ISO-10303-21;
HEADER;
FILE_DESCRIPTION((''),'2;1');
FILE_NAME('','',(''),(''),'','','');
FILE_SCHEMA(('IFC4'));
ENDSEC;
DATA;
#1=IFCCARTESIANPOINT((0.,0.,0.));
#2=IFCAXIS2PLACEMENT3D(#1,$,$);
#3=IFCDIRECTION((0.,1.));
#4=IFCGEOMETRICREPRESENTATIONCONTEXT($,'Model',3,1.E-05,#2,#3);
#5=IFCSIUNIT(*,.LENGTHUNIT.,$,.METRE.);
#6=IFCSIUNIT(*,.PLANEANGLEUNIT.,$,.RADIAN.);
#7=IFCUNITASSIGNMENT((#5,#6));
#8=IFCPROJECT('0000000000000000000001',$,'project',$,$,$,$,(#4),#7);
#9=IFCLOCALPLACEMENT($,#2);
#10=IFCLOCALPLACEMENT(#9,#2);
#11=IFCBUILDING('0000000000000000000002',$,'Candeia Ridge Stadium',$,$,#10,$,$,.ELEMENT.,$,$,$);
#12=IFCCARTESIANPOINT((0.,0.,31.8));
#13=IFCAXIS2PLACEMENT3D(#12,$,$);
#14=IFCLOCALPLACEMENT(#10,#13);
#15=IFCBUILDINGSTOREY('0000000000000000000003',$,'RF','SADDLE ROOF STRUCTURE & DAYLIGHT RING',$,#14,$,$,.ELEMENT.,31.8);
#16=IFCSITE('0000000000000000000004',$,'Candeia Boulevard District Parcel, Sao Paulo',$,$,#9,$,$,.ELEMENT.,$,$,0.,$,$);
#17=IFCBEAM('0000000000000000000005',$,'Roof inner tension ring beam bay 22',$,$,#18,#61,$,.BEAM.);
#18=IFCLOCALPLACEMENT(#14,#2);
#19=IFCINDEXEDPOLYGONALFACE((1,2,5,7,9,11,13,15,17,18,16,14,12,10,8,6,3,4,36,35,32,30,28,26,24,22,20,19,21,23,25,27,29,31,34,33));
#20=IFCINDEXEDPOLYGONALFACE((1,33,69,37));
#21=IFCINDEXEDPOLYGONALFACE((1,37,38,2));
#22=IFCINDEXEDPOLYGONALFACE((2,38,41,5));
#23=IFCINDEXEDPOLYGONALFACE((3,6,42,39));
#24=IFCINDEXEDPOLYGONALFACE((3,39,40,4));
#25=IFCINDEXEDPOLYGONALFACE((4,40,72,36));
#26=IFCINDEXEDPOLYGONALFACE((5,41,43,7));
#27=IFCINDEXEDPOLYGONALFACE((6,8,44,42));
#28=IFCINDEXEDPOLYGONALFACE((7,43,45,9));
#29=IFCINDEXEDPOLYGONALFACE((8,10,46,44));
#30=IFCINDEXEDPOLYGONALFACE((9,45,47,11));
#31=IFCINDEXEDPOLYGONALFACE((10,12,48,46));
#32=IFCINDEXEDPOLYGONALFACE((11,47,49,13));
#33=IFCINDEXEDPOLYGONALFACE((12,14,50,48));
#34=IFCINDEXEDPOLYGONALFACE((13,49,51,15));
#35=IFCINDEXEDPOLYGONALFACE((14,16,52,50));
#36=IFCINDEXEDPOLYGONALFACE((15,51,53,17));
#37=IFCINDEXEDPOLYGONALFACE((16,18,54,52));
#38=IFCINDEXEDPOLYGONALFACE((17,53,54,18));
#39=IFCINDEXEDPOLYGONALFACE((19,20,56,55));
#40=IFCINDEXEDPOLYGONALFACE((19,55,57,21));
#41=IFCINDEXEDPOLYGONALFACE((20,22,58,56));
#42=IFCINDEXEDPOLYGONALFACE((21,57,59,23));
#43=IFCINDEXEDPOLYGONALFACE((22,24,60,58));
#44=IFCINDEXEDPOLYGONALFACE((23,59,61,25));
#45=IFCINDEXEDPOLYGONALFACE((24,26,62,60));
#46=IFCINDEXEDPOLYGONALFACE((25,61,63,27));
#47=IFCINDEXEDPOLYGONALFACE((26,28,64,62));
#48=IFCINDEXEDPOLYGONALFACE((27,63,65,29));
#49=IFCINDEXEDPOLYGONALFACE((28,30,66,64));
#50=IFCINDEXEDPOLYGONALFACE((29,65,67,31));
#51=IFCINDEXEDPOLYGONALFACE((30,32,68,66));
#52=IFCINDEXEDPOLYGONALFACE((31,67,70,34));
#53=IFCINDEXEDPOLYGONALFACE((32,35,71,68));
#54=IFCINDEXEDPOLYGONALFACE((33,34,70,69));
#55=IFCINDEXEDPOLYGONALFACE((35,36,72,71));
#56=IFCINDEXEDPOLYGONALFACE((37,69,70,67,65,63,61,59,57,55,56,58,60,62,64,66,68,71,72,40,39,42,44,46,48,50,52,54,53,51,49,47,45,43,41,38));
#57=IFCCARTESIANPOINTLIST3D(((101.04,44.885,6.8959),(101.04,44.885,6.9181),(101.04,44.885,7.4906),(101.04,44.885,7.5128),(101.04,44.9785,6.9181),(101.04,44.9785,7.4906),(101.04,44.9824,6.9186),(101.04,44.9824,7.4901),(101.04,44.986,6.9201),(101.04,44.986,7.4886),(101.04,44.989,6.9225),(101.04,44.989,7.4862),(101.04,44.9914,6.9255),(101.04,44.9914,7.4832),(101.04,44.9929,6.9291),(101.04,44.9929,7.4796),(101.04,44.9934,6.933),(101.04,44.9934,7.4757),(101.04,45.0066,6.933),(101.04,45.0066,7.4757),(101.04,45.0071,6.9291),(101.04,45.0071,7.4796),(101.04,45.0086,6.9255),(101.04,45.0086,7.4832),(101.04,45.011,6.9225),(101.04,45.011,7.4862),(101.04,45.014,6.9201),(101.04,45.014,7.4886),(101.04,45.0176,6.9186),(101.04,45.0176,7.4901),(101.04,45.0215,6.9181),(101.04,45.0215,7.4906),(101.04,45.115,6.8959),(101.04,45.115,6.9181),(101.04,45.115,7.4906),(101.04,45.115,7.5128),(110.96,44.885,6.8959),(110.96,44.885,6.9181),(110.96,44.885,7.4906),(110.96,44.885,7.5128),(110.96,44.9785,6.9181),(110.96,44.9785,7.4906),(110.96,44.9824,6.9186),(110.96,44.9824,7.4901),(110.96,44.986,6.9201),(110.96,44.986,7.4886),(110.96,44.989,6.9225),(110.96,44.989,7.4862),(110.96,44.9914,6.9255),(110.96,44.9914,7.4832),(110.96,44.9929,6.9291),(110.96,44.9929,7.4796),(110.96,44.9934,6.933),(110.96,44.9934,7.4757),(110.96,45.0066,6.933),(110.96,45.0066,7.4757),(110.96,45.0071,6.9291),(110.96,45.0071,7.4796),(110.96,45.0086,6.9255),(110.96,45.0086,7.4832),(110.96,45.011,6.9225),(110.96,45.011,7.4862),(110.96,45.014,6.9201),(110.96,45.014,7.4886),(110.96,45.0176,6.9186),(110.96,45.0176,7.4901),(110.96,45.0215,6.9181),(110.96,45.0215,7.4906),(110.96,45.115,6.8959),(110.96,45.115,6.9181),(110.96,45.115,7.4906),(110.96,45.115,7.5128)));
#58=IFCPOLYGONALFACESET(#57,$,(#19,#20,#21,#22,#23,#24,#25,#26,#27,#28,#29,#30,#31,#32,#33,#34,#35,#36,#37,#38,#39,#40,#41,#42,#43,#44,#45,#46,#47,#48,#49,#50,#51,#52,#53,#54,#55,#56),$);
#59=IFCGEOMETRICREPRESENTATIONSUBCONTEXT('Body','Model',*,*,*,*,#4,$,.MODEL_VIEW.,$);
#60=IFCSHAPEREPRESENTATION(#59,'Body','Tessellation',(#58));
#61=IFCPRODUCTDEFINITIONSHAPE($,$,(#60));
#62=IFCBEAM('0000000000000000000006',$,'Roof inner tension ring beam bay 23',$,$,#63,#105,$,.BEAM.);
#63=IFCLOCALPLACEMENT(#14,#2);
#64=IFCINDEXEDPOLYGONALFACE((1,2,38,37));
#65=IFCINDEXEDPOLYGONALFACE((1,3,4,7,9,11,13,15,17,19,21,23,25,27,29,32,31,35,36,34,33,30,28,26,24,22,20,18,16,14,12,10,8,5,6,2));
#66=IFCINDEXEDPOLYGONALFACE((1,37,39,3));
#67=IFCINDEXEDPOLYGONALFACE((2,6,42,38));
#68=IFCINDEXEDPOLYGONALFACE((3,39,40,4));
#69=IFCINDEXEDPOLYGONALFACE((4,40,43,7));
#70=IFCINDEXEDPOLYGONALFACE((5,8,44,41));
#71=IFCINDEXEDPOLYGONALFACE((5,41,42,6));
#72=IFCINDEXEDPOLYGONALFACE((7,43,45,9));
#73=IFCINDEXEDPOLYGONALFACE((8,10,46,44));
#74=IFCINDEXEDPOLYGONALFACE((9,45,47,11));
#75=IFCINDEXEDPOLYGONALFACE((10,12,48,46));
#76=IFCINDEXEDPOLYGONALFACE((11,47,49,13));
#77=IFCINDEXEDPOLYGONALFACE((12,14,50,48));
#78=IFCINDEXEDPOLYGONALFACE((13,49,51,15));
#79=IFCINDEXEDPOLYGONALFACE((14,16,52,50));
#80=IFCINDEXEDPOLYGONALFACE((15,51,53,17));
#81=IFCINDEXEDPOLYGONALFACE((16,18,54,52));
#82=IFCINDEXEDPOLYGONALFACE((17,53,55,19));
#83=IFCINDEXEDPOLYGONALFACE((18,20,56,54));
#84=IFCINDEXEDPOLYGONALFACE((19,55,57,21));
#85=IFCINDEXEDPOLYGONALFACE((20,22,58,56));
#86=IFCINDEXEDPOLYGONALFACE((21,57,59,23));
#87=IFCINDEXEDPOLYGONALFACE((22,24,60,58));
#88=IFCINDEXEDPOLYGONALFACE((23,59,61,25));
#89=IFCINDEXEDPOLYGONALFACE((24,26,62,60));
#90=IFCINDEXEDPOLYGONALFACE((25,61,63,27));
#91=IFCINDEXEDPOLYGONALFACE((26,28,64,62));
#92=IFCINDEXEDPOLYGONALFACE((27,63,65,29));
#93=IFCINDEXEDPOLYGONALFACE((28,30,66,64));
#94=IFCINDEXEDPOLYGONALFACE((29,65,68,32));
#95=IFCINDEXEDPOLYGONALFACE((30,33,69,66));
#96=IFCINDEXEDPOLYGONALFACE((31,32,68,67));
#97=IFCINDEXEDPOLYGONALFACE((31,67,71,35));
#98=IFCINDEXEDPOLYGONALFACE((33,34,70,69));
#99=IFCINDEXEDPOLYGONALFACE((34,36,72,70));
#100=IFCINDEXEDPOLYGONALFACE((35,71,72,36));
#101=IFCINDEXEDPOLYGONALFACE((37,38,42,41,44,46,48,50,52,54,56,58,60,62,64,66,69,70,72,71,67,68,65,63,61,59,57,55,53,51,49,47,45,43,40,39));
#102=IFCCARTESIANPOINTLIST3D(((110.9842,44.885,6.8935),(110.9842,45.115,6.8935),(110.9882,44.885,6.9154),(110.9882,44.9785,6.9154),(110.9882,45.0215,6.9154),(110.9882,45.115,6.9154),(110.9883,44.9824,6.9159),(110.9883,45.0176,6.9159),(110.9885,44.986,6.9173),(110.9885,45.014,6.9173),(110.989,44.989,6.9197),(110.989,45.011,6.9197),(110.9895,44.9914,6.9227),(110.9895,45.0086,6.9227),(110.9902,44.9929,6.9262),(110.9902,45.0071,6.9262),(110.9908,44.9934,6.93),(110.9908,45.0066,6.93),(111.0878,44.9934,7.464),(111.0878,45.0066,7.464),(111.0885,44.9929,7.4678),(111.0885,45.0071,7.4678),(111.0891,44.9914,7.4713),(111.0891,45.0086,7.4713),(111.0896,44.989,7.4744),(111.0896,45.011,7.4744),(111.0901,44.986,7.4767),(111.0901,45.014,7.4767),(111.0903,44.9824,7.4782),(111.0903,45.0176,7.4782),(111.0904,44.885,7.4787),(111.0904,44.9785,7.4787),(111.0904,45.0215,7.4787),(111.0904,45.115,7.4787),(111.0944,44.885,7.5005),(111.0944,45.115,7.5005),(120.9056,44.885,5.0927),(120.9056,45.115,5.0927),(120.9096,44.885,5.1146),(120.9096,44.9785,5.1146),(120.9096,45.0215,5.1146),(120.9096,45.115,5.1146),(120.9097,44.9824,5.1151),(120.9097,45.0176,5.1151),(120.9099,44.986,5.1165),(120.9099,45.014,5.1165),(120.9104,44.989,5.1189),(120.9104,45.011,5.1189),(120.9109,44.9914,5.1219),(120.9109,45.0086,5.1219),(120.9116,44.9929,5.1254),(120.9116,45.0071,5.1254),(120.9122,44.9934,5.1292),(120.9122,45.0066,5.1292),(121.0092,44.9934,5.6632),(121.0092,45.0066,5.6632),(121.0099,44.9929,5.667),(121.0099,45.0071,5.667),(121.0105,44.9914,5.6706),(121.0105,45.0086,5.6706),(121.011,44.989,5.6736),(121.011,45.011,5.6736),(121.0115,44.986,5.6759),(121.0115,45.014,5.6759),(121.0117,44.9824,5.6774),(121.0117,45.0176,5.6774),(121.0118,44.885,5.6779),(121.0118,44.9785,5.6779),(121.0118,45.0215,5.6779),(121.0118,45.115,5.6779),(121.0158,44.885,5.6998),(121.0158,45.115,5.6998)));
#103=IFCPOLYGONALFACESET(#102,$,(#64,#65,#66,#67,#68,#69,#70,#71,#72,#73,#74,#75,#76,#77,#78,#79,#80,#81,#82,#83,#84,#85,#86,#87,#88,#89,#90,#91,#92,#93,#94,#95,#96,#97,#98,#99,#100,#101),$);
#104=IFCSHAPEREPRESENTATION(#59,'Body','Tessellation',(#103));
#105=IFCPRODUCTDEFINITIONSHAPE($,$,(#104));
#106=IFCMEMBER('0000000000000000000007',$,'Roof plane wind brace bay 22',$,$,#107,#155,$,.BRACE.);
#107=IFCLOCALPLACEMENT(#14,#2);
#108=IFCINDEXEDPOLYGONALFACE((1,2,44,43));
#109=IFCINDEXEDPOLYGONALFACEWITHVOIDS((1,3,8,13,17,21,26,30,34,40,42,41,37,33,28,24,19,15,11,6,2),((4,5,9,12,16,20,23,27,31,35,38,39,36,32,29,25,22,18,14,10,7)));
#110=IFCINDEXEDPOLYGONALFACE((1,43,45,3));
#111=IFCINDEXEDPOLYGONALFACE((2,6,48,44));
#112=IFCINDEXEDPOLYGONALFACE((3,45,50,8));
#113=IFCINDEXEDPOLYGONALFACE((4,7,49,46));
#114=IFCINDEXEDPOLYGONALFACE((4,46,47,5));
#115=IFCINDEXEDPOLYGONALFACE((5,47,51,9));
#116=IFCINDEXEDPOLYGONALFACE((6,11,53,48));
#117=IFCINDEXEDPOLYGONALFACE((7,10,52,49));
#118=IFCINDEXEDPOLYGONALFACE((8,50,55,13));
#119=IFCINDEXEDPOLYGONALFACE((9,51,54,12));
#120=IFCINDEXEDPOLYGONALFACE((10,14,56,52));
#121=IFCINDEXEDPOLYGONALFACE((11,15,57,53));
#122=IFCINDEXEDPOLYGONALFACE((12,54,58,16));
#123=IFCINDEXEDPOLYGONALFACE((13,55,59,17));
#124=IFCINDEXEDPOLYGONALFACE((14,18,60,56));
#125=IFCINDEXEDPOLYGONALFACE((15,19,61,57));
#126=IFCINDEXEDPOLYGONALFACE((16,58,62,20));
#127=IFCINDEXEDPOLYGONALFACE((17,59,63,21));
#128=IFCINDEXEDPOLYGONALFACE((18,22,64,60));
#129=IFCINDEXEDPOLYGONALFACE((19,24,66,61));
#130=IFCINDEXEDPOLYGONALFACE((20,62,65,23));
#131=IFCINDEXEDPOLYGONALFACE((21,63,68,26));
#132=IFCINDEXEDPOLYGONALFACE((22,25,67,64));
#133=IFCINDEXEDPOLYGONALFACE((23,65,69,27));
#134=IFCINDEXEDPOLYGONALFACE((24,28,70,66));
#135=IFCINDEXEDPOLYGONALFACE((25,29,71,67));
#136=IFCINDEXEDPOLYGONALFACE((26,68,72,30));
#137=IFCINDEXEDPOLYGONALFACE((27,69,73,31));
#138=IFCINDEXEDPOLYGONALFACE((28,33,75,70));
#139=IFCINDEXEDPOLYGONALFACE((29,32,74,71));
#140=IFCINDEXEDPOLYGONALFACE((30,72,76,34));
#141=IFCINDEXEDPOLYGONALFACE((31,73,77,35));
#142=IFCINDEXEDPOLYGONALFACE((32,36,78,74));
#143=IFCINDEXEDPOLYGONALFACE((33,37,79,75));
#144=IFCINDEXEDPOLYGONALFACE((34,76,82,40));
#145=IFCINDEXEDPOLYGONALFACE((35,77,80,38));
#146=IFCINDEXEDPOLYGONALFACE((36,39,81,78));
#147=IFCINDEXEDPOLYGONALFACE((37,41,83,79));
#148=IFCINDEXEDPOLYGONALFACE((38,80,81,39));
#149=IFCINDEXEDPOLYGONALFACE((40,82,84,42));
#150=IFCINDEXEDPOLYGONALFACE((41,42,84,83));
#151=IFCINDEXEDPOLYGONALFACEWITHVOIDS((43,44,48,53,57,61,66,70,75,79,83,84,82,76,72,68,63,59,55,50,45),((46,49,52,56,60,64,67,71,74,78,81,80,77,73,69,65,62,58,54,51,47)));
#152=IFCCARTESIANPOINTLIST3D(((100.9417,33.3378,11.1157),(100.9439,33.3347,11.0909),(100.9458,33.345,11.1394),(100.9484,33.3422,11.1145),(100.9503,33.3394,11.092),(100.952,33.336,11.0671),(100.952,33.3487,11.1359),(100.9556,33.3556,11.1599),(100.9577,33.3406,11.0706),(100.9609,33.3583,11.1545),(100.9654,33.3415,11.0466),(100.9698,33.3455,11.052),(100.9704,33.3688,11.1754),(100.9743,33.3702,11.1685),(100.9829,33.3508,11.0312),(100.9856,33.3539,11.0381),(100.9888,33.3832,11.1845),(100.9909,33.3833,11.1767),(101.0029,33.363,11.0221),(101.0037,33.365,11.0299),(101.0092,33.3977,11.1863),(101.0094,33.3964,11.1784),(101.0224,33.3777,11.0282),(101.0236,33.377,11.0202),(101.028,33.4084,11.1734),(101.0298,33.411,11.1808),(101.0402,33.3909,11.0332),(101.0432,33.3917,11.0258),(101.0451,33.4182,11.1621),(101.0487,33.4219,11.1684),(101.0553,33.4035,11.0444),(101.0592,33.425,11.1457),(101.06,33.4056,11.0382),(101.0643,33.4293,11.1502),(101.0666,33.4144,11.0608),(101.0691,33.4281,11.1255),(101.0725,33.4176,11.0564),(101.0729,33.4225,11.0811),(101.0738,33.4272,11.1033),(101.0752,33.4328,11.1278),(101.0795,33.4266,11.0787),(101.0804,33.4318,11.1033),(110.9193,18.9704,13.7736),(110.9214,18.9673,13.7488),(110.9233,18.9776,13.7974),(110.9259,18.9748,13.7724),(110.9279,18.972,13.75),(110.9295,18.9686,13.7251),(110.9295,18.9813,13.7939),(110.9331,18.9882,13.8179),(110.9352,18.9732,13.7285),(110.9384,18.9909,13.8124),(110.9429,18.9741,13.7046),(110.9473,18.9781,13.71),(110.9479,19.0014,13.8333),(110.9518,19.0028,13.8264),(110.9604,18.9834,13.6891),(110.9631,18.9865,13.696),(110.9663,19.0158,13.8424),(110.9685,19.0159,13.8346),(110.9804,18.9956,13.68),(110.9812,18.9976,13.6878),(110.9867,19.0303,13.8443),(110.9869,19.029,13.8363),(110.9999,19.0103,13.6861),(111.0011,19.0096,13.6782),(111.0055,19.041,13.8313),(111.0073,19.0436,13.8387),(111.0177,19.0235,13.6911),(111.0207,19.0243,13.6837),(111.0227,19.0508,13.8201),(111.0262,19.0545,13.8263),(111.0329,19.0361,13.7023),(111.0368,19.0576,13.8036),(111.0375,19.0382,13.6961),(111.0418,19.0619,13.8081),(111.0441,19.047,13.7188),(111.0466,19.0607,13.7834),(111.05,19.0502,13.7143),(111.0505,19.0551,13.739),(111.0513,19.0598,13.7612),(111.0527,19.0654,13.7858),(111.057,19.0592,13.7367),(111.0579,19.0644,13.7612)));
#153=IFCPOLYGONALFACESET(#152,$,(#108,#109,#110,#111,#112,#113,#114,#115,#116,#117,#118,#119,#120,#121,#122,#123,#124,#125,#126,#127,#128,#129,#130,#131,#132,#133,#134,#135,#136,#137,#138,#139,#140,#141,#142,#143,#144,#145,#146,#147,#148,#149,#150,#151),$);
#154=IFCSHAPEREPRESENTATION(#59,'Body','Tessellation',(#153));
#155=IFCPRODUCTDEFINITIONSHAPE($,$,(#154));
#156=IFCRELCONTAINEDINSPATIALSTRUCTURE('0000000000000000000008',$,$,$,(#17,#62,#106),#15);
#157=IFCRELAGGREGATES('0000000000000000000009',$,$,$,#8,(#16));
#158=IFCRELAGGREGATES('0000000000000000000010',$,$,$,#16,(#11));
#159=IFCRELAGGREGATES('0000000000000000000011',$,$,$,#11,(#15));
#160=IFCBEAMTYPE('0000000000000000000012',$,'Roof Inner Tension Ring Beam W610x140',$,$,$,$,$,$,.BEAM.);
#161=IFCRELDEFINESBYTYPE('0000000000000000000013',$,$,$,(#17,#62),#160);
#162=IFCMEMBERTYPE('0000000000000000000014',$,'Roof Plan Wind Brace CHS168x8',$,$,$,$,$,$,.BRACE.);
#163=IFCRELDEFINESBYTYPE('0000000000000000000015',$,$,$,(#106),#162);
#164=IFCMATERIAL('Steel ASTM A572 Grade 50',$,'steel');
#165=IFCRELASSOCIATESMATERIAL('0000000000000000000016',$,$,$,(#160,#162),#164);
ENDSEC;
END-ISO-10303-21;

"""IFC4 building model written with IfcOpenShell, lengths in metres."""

from ifc_helpers import new_model, si_unit, direction, frame, origin, origin_2d, place, context, subcontext, project, spatial, hollow_circle, i_section, extrude, material, material_profile, profile_set, type_object, element, save


model = new_model("IFC4")

# Units and contexts
model_context = context("Model", 3, precision=1e-05, world=origin(), true_north=direction((0.0, 1.0)))
body_context = subcontext(model_context, "Body", "Model", "MODEL_VIEW")
ifc_project = project(units=[si_unit("LENGTHUNIT", "METRE"), si_unit("PLANEANGLEUNIT", "RADIAN")], contexts=[model_context])

# Site, building, storey
site_placement = place(None, origin())
site = spatial("IfcSite", under=ifc_project, at=site_placement, Name="Candeia Boulevard District Parcel, Sao Paulo", CompositionType="ELEMENT", RefElevation=0.0)
building_placement = place(site_placement, origin())
building = spatial("IfcBuilding", under=site, at=building_placement, Name="Candeia Ridge Stadium", CompositionType="ELEMENT")
storey_placement = place(building_placement, frame((0.0, 0.0, 31.8)))
storey = spatial("IfcBuildingStorey", under=building, at=storey_placement, Name="RF", Description="SADDLE ROOF STRUCTURE & DAYLIGHT RING", CompositionType="ELEMENT", Elevation=31.8)

# Shared definitions
ifc_material_1 = material(Name="Steel ASTM A572 Grade 50", Category="steel")

# Beams
ifc_material_profile_1 = material_profile(ifc_material_1, i_section(OverallWidth=0.23, OverallDepth=0.6169, WebThickness=0.0132, FlangeThickness=0.0222, FilletRadius=0.0149, at=origin_2d()), Name="W610x140", Category="steel")
ifc_profile_set_1 = profile_set([ifc_material_profile_1], Name="Steel ASTM A572 Grade 50")
beam_type_1 = type_object("IfcBeamType", Name="Roof Inner Tension Ring Beam W610x140", PredefinedType="BEAM", material=ifc_profile_set_1)
beam_1_placement = place(storey_placement, frame((101.04, 45.0, 7.2043), z_axis=(1.0, 0.0, 0.0), x_axis=(0.0, 1.0, 0.0)))
element("IfcBeam", 1, at=beam_1_placement, inside=storey, type_object=beam_type_1, Name="Roof inner tension ring beam bay 22", PredefinedType="BEAM", context=body_context, shape_type="SweptSolid", body=[
    extrude(i_section(OverallWidth=0.23, OverallDepth=0.6169, WebThickness=0.0132, FlangeThickness=0.0222, FilletRadius=0.0149, at=origin_2d()), origin(), (0.0, 0.0, 1.0), 9.9199),
])
beam_2_placement = place(storey_placement, frame((111.0393, 45.0, 7.197), z_axis=(0.983924, 0.0, -0.178587), x_axis=(0.0, 1.0, 0.0)))
element("IfcBeam", 2, at=beam_2_placement, inside=storey, type_object=beam_type_1, Name="Roof inner tension ring beam bay 23", PredefinedType="BEAM", context=body_context, shape_type="SweptSolid", body=[
    extrude(i_section(OverallWidth=0.23, OverallDepth=0.6169, WebThickness=0.0132, FlangeThickness=0.0222, FilletRadius=0.0149, at=origin_2d()), origin(), (0.0, 0.0, 1.0), 10.0835),
])

# Member
ifc_material_profile_2 = material_profile(ifc_material_1, hollow_circle(Radius=0.0842, WallThickness=0.0081, at=origin_2d()), Name="CHS168x8", Category="steel")
ifc_profile_set_2 = profile_set([ifc_material_profile_2], Name="Steel ASTM A572 Grade 50")
member_type_1 = type_object("IfcMemberType", Name="Roof Plan Wind Brace CHS168x8", PredefinedType="BRACE", material=ifc_profile_set_2)
member_1_placement = place(storey_placement, frame((101.0112, 33.3838, 11.1033), z_axis=(0.563929, -0.812045, 0.150227), x_axis=(0.821366, 0.570402, 0.0)))
element("IfcMember", 3, at=member_1_placement, inside=storey, type_object=member_type_1, Name="Roof plane wind brace bay 22", PredefinedType="BRACE", context=body_context, shape_type="SweptSolid", body=[
    extrude(hollow_circle(Radius=0.0842, WallThickness=0.0081, at=origin_2d()), origin(), (0.0, 0.0, 1.0), 17.6929),
])

save(model, "model.ifc")
